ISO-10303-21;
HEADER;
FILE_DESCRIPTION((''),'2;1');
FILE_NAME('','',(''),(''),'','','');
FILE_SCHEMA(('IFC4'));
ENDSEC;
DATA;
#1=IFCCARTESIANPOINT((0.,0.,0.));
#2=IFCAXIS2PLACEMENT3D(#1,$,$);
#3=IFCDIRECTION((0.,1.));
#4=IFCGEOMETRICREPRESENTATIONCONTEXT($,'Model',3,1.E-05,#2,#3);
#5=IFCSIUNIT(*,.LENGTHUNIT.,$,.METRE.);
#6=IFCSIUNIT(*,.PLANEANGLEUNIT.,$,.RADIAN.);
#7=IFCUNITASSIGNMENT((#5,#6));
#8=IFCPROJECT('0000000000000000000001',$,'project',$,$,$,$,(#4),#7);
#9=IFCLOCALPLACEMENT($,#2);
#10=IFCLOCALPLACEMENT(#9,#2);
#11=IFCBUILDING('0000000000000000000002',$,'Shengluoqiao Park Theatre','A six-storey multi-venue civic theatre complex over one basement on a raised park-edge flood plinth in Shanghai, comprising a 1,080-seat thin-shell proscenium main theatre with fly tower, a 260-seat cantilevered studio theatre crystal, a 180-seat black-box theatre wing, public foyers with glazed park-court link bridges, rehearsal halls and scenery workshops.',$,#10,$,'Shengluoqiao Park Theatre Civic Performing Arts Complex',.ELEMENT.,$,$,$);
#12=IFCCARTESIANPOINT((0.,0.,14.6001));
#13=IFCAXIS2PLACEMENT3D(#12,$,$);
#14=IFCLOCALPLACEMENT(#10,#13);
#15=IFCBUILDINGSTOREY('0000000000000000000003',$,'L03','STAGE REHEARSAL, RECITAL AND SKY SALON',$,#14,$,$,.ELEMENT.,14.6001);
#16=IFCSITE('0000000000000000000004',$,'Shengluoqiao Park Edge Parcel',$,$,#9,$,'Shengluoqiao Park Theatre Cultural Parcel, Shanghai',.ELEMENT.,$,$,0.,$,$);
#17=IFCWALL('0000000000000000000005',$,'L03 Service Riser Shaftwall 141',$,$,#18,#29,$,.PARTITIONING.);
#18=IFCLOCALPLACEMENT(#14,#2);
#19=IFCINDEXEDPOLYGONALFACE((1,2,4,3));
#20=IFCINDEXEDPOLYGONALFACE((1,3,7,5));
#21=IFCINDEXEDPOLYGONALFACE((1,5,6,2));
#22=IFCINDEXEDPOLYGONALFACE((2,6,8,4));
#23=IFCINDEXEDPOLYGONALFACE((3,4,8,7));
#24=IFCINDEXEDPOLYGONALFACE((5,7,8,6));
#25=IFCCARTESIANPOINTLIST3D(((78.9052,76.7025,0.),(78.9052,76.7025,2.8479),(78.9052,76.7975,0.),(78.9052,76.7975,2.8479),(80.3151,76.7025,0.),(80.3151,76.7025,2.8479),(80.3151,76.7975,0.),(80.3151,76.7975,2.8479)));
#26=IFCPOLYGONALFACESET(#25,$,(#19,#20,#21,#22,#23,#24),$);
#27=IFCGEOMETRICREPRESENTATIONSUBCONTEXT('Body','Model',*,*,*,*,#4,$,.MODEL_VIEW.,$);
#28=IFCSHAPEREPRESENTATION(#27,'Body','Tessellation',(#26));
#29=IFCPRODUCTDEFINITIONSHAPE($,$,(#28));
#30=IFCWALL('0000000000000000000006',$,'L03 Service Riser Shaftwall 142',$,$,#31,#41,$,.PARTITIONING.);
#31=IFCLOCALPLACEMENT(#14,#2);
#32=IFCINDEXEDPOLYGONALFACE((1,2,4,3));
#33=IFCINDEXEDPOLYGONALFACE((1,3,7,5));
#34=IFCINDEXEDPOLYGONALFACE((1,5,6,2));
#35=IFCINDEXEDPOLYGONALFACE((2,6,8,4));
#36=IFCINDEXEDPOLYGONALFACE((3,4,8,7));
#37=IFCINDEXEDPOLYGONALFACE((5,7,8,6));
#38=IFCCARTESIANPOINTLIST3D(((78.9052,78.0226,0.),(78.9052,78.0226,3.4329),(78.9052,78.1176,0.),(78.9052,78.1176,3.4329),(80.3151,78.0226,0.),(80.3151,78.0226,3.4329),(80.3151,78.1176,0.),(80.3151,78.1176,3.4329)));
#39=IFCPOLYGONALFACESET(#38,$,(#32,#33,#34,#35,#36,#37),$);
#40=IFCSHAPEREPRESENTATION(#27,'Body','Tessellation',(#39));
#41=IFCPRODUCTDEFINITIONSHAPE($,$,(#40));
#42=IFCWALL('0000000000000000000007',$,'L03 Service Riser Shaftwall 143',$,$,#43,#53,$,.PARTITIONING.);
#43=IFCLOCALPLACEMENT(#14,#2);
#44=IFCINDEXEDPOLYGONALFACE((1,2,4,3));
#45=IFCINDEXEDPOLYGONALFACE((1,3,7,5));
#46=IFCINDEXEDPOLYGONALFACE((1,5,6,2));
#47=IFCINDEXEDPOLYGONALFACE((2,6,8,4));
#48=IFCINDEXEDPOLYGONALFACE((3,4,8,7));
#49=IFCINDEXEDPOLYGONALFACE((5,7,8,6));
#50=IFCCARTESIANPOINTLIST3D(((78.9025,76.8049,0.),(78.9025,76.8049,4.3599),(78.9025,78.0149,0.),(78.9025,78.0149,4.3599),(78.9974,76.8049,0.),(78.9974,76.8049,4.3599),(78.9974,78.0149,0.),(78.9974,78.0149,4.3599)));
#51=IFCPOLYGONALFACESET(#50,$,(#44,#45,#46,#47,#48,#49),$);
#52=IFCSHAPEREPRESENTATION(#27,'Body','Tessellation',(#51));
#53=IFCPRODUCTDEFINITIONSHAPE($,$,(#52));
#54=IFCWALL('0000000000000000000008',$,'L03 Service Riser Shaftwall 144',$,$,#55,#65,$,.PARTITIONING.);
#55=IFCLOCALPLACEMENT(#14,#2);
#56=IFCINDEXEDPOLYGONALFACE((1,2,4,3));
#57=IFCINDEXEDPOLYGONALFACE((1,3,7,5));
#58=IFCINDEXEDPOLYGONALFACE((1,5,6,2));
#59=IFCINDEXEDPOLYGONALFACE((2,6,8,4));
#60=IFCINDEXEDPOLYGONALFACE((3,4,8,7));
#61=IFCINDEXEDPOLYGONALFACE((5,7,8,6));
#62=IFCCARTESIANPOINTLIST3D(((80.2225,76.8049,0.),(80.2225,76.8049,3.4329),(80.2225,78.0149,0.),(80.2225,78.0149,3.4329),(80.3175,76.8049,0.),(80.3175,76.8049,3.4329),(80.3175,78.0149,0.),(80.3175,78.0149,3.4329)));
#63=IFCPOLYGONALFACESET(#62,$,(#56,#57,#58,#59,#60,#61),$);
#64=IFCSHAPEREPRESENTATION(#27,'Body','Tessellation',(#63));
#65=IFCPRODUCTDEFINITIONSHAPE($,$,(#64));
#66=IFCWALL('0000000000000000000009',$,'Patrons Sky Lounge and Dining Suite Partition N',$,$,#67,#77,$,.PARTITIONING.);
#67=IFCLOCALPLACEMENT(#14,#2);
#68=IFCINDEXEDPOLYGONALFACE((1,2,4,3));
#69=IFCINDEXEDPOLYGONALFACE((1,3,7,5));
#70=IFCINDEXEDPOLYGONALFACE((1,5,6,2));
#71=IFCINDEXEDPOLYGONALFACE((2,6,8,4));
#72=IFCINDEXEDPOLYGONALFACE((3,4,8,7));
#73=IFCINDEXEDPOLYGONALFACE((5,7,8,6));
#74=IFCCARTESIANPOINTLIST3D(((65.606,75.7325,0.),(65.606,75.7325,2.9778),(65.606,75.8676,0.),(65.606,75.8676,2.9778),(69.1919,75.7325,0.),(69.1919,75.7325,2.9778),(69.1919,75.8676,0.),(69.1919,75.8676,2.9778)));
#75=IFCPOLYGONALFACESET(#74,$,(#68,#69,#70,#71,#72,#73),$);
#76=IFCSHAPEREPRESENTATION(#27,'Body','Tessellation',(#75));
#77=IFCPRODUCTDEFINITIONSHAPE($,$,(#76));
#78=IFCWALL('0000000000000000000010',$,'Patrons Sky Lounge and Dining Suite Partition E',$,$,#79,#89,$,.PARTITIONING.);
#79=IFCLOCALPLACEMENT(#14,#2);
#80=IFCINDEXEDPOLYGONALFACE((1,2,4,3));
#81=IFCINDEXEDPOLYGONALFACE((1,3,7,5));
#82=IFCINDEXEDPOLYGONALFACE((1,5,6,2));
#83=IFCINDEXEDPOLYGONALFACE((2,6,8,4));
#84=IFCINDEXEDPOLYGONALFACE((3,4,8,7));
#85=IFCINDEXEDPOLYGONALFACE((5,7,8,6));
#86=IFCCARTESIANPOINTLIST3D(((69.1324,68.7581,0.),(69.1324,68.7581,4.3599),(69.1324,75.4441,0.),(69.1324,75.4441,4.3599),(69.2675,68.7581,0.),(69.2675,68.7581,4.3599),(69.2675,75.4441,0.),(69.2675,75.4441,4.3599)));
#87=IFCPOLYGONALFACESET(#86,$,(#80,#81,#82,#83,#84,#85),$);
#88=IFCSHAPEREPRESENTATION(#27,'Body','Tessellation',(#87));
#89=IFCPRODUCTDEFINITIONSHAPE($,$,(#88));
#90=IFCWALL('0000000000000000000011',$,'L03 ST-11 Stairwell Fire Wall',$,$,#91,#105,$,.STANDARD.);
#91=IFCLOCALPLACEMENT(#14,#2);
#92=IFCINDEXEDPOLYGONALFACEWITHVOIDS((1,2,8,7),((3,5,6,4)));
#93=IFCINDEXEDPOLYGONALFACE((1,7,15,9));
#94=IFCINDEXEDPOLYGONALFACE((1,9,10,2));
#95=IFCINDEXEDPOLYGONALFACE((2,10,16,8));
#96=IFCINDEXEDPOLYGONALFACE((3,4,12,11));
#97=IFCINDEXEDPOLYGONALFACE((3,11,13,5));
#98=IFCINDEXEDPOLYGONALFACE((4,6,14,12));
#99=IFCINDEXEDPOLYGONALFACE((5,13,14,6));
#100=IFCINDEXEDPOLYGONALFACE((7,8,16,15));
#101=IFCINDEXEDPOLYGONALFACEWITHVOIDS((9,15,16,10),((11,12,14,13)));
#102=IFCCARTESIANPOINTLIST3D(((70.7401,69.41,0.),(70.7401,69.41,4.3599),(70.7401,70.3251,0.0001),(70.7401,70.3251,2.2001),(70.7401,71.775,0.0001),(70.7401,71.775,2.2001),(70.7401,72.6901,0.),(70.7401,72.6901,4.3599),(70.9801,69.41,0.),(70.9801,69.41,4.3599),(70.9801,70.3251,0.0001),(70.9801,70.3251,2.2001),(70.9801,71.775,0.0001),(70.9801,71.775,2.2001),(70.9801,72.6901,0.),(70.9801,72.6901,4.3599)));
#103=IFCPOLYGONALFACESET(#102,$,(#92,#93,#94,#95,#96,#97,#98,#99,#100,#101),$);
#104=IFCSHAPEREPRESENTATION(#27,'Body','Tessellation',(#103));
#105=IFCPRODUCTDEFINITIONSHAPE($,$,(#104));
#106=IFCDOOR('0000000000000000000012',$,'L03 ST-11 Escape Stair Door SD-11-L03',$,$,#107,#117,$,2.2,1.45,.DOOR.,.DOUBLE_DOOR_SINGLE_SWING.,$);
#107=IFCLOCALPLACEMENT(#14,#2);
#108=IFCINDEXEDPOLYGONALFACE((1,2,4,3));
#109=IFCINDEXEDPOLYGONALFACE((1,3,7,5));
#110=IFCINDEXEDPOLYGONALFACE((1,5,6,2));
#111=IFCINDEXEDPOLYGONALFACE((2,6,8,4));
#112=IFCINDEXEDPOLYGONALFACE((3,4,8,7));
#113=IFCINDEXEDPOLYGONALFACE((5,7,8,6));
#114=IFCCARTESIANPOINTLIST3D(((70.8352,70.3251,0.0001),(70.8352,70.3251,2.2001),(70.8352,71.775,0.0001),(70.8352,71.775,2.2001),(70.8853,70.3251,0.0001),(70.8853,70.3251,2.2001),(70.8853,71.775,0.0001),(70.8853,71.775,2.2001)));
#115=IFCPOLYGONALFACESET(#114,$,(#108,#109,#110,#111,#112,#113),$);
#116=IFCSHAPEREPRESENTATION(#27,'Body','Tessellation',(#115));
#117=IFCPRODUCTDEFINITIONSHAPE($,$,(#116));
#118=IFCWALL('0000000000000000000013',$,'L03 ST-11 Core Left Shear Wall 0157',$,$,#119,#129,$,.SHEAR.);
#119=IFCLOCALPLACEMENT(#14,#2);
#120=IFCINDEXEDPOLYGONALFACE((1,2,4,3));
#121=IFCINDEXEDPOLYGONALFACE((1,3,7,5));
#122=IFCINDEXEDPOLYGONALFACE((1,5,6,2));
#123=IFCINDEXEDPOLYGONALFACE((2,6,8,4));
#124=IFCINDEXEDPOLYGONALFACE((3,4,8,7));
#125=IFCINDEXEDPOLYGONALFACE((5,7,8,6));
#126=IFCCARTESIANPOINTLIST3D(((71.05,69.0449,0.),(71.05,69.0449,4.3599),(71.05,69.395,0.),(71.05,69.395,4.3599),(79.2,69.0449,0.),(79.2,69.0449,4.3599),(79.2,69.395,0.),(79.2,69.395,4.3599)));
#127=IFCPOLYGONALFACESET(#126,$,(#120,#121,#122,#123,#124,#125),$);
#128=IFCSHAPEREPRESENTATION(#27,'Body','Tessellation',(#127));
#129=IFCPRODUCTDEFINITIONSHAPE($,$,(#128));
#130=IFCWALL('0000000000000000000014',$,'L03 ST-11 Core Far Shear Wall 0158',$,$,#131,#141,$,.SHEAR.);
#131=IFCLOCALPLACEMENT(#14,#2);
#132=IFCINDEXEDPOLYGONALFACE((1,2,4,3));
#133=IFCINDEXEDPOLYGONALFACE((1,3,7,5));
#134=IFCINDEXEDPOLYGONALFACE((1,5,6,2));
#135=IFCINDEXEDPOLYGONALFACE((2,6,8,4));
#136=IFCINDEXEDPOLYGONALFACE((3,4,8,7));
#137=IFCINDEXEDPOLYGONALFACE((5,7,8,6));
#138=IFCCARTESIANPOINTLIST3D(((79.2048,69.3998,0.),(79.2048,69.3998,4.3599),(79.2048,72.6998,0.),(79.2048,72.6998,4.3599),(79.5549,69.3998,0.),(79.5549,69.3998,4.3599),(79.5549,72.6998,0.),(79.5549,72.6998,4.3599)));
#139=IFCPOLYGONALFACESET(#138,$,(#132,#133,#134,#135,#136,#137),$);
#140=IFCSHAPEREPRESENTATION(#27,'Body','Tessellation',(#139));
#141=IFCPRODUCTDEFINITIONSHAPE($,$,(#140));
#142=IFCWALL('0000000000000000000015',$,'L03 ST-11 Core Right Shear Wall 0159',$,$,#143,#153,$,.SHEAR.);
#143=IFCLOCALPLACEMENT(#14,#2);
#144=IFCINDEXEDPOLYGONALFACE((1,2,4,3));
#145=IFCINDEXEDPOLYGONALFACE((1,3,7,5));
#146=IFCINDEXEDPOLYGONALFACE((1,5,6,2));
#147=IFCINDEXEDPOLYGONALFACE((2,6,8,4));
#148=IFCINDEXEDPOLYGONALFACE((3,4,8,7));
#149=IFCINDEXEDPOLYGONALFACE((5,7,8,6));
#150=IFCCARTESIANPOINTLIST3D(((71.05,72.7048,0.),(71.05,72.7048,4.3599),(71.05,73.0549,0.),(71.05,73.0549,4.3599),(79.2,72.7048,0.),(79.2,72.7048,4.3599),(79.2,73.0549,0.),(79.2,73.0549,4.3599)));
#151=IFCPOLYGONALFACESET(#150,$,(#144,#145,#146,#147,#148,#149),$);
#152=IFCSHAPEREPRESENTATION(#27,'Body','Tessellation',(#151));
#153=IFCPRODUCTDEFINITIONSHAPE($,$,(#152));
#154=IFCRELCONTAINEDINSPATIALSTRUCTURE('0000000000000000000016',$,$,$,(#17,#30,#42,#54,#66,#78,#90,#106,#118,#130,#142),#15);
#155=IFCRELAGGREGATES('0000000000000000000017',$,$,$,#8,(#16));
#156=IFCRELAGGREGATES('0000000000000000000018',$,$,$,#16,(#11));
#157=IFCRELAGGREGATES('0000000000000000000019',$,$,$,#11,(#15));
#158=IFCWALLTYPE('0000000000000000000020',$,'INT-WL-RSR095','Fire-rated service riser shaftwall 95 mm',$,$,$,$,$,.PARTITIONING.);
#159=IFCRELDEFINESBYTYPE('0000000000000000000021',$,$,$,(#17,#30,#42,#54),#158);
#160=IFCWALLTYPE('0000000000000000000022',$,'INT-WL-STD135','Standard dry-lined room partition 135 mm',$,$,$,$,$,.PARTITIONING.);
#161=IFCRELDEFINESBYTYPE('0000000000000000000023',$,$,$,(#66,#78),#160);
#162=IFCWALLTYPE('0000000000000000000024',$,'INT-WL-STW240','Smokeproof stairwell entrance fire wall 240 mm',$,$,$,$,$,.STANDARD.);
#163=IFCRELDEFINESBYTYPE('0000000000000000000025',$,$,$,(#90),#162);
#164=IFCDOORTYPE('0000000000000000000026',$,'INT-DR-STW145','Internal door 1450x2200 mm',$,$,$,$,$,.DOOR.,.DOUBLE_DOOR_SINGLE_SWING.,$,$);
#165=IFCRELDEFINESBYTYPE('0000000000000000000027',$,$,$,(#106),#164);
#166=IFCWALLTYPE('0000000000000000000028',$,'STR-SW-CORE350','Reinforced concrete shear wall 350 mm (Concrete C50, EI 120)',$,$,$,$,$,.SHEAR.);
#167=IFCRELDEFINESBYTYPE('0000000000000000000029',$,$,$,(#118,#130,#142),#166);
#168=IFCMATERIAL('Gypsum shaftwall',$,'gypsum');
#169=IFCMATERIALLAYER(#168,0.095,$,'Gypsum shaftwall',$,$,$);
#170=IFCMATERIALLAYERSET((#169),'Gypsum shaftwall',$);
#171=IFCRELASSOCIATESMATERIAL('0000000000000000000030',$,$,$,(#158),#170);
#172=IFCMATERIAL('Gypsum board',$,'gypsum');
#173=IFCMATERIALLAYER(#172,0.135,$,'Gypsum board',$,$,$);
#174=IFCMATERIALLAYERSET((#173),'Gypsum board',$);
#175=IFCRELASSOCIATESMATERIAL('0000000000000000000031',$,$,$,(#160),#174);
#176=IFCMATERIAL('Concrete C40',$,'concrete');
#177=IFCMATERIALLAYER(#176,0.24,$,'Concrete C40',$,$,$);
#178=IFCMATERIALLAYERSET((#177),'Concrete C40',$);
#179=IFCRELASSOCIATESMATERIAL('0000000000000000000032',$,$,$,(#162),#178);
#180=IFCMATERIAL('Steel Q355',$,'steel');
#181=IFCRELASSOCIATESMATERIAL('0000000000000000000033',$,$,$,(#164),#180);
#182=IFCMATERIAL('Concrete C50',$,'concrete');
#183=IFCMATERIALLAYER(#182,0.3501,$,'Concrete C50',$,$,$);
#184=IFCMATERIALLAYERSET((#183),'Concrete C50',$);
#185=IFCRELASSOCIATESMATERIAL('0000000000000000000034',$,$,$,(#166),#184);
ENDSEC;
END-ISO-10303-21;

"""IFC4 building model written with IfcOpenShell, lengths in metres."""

from ifc_helpers import new_model, si_unit, direction, frame, frame_2d, origin, place, context, subcontext, project, spatial, rectangle, extrude, material, layer, layer_set, type_object, element, fill, save


model = new_model("IFC4")

# Units and contexts
model_context = context("Model", 3, precision=1e-05, world=origin(), true_north=direction((0.0, 1.0)))
body_context = subcontext(model_context, "Body", "Model", "MODEL_VIEW")
ifc_project = project(units=[si_unit("LENGTHUNIT", "METRE"), si_unit("PLANEANGLEUNIT", "RADIAN")], contexts=[model_context])

# Site, building, storey
site_placement = place(None, origin())
site = spatial("IfcSite", under=ifc_project, at=site_placement, Name="Shengluoqiao Park Edge Parcel", LongName="Shengluoqiao Park Theatre Cultural Parcel, Shanghai", CompositionType="ELEMENT", RefElevation=0.0)
building_placement = place(site_placement, origin())
building = spatial("IfcBuilding", under=site, at=building_placement, Name="Shengluoqiao Park Theatre", Description="A six-storey multi-venue civic theatre complex over one basement on a raised park-edge flood plinth in Shanghai, comprising a 1,080-seat thin-shell proscenium main theatre with fly tower, a 260-seat cantilevered studio theatre crystal, a 180-seat black-box theatre wing, public foyers with glazed park-court link bridges, rehearsal halls and scenery workshops.", LongName="Shengluoqiao Park Theatre Civic Performing Arts Complex", CompositionType="ELEMENT")
storey_placement = place(building_placement, frame((0.0, 0.0, 14.6001)))
storey = spatial("IfcBuildingStorey", under=building, at=storey_placement, Name="L03", Description="STAGE REHEARSAL, RECITAL AND SKY SALON", CompositionType="ELEMENT", Elevation=14.6001)

# Shared definitions
ifc_material_1 = material(Name="Concrete C50", Category="concrete")

# Shared definitions
ifc_material_2 = material(Name="Steel Q355", Category="steel")

# Walls
ifc_material_3 = material(Name="Gypsum shaftwall", Category="gypsum")
ifc_layer_1 = layer(ifc_material_3, 0.095, Name="Gypsum shaftwall")
ifc_layer_set_1 = layer_set([ifc_layer_1], Name="Gypsum shaftwall")
wall_type_1 = type_object("IfcWallType", Name="INT-WL-RSR095", Description="Fire-rated service riser shaftwall 95 mm", PredefinedType="PARTITIONING", material=ifc_layer_set_1)
wall_1_placement = place(storey_placement, frame((78.905, 76.75, 0.0), z_axis=(0.0, 0.0, 1.0), x_axis=(1.0, 0.0, 0.0)))
element("IfcWall", 1, at=wall_1_placement, inside=storey, type_object=wall_type_1, Name="L03 Service Riser Shaftwall 141", PredefinedType="PARTITIONING", context=body_context, shape_type="SweptSolid", body=[
    extrude(rectangle(XDim=1.4099, YDim=0.095, at=frame_2d((0.7051, 0.0))), origin(), (0.0, 0.0, 1.0), 2.8479),
])
wall_2_placement = place(storey_placement, frame((78.905, 78.0701, 0.0), z_axis=(0.0, 0.0, 1.0), x_axis=(1.0, 0.0, 0.0)))
element("IfcWall", 2, at=wall_2_placement, inside=storey, type_object=wall_type_1, Name="L03 Service Riser Shaftwall 142", PredefinedType="PARTITIONING", context=body_context, shape_type="SweptSolid", body=[
    extrude(rectangle(XDim=1.4099, YDim=0.095, at=frame_2d((0.7051, 0.0))), origin(), (0.0, 0.0, 1.0), 3.4329),
])
wall_3_placement = place(storey_placement, frame((78.95, 76.8049, 0.0), z_axis=(0.0, 0.0, 1.0), x_axis=(0.0, 1.0, 0.0)))
element("IfcWall", 3, at=wall_3_placement, inside=storey, type_object=wall_type_1, Name="L03 Service Riser Shaftwall 143", PredefinedType="PARTITIONING", context=body_context, shape_type="SweptSolid", body=[
    extrude(rectangle(XDim=1.21, YDim=0.095, at=frame_2d((0.605, 0.0))), origin(), (0.0, 0.0, 1.0), 4.3599),
])
wall_4_placement = place(storey_placement, frame((80.27, 76.8049, 0.0), z_axis=(0.0, 0.0, 1.0), x_axis=(0.0, 1.0, 0.0)))
element("IfcWall", 4, at=wall_4_placement, inside=storey, type_object=wall_type_1, Name="L03 Service Riser Shaftwall 144", PredefinedType="PARTITIONING", context=body_context, shape_type="SweptSolid", body=[
    extrude(rectangle(XDim=1.21, YDim=0.095, at=frame_2d((0.605, 0.0))), origin(), (0.0, 0.0, 1.0), 3.4329),
])
ifc_material_4 = material(Name="Gypsum board", Category="gypsum")
ifc_layer_2 = layer(ifc_material_4, 0.135, Name="Gypsum board")
ifc_layer_set_2 = layer_set([ifc_layer_2], Name="Gypsum board")
wall_type_2 = type_object("IfcWallType", Name="INT-WL-STD135", Description="Standard dry-lined room partition 135 mm", PredefinedType="PARTITIONING", material=ifc_layer_set_2)
wall_5_placement = place(storey_placement, frame((65.606, 75.8, 0.0), z_axis=(0.0, 0.0, 1.0), x_axis=(1.0, 0.0, 0.0)))
element("IfcWall", 5, at=wall_5_placement, inside=storey, type_object=wall_type_2, Name="Patrons Sky Lounge and Dining Suite Partition N", PredefinedType="PARTITIONING", context=body_context, shape_type="SweptSolid", body=[
    extrude(rectangle(XDim=3.5859, YDim=0.135, at=frame_2d((1.793, 0.0))), origin(), (0.0, 0.0, 1.0), 2.9778),
])
wall_6_placement = place(storey_placement, frame((69.2, 68.7581, 0.0), z_axis=(0.0, 0.0, 1.0), x_axis=(0.0, 1.0, 0.0)))
element("IfcWall", 6, at=wall_6_placement, inside=storey, type_object=wall_type_2, Name="Patrons Sky Lounge and Dining Suite Partition E", PredefinedType="PARTITIONING", context=body_context, shape_type="SweptSolid", body=[
    extrude(rectangle(XDim=6.686, YDim=0.135, at=frame_2d((3.343, 0.0))), origin(), (0.0, 0.0, 1.0), 4.3599),
])

# Wall, opening, door
ifc_material_5 = material(Name="Concrete C40", Category="concrete")
ifc_layer_3 = layer(ifc_material_5, 0.24, Name="Concrete C40")
ifc_layer_set_3 = layer_set([ifc_layer_3], Name="Concrete C40")
wall_type_3 = type_object("IfcWallType", Name="INT-WL-STW240", Description="Smokeproof stairwell entrance fire wall 240 mm", PredefinedType="STANDARD", material=ifc_layer_set_3)
wall_7_placement = place(storey_placement, frame((70.8601, 69.4099, 0.0), z_axis=(0.0, 0.0, 1.0), x_axis=(0.0, 1.0, 0.0)))
wall_7 = element("IfcWall", 7, at=wall_7_placement, inside=storey, type_object=wall_type_3, Name="L03 ST-11 Stairwell Fire Wall", PredefinedType="STANDARD", context=body_context, shape_type="SweptSolid", body=[
    extrude(rectangle(XDim=3.28, YDim=0.24, at=frame_2d((1.6401, 0.0))), origin(), (0.0, 0.0, 1.0), 4.3599),
])
opening_placement = place(wall_7_placement, frame((0.915, 0.0, 0.0)))
opening = element("IfcOpeningElement", 8, at=opening_placement, cuts=wall_7, PredefinedType="OPENING", context=body_context, shape_type="SweptSolid", body=[
    extrude(rectangle(XDim=1.45, YDim=2.2, at=frame_2d((0.7251, 1.1001))), frame((0.0, 0.1299, 0.0), z_axis=(0.0, -1.0, 0.0), x_axis=(1.0, 0.0, 0.0)), (0.0, 0.0, 1.0), 0.26),
])
door_type = type_object("IfcDoorType", Name="INT-DR-STW145", Description="Internal door 1450x2200 mm", OperationType="DOUBLE_DOOR_SINGLE_SWING", PredefinedType="DOOR", material=ifc_material_2)
door_placement = place(opening_placement, origin())
door = element("IfcDoor", 9, at=door_placement, inside=storey, type_object=door_type, Name="L03 ST-11 Escape Stair Door SD-11-L03", OperationType="DOUBLE_DOOR_SINGLE_SWING", OverallHeight=2.2, OverallWidth=1.45, PredefinedType="DOOR", context=body_context, shape_type="SweptSolid", body=[
    extrude(rectangle(XDim=1.45, YDim=2.2, at=frame_2d((0.7251, 1.1001))), frame((0.0, 0.0249, 0.0), z_axis=(0.0, -1.0, 0.0), x_axis=(1.0, 0.0, 0.0)), (0.0, 0.0, 1.0), 0.05),
])
fill(opening, door)

# Walls
ifc_layer_4 = layer(ifc_material_1, 0.3501, Name="Concrete C50")
ifc_layer_set_4 = layer_set([ifc_layer_4], Name="Concrete C50")
wall_type_4 = type_object("IfcWallType", Name="STR-SW-CORE350", Description="Reinforced concrete shear wall 350 mm (Concrete C50, EI 120)", PredefinedType="SHEAR", material=ifc_layer_set_4)
wall_8_placement = place(storey_placement, frame((71.05, 69.22, 0.0), z_axis=(0.0, 0.0, 1.0), x_axis=(1.0, 0.0, 0.0)))
element("IfcWall", 10, at=wall_8_placement, inside=storey, type_object=wall_type_4, Name="L03 ST-11 Core Left Shear Wall 0157", PredefinedType="SHEAR", context=body_context, shape_type="SweptSolid", body=[
    extrude(rectangle(XDim=8.1499, YDim=0.3501, at=frame_2d((4.075, 0.0))), origin(), (0.0, 0.0, 1.0), 4.3599),
])
wall_9_placement = place(storey_placement, frame((79.3799, 69.3999, 0.0), z_axis=(0.0, 0.0, 1.0), x_axis=(0.0, 1.0, 0.0)))
element("IfcWall", 11, at=wall_9_placement, inside=storey, type_object=wall_type_4, Name="L03 ST-11 Core Far Shear Wall 0158", PredefinedType="SHEAR", context=body_context, shape_type="SweptSolid", body=[
    extrude(rectangle(XDim=3.3, YDim=0.3501, at=frame_2d((1.6499, 0.0))), origin(), (0.0, 0.0, 1.0), 4.3599),
])
wall_10_placement = place(storey_placement, frame((79.2, 72.8799, 0.0), z_axis=(0.0, 0.0, 1.0), x_axis=(-1.0, 0.0, 0.0)))
element("IfcWall", 12, at=wall_10_placement, inside=storey, type_object=wall_type_4, Name="L03 ST-11 Core Right Shear Wall 0159", PredefinedType="SHEAR", context=body_context, shape_type="SweptSolid", body=[
    extrude(rectangle(XDim=8.1499, YDim=0.3501, at=frame_2d((4.075, 0.0))), origin(), (0.0, 0.0, 1.0), 4.3599),
])

save(model, "model.ifc")
